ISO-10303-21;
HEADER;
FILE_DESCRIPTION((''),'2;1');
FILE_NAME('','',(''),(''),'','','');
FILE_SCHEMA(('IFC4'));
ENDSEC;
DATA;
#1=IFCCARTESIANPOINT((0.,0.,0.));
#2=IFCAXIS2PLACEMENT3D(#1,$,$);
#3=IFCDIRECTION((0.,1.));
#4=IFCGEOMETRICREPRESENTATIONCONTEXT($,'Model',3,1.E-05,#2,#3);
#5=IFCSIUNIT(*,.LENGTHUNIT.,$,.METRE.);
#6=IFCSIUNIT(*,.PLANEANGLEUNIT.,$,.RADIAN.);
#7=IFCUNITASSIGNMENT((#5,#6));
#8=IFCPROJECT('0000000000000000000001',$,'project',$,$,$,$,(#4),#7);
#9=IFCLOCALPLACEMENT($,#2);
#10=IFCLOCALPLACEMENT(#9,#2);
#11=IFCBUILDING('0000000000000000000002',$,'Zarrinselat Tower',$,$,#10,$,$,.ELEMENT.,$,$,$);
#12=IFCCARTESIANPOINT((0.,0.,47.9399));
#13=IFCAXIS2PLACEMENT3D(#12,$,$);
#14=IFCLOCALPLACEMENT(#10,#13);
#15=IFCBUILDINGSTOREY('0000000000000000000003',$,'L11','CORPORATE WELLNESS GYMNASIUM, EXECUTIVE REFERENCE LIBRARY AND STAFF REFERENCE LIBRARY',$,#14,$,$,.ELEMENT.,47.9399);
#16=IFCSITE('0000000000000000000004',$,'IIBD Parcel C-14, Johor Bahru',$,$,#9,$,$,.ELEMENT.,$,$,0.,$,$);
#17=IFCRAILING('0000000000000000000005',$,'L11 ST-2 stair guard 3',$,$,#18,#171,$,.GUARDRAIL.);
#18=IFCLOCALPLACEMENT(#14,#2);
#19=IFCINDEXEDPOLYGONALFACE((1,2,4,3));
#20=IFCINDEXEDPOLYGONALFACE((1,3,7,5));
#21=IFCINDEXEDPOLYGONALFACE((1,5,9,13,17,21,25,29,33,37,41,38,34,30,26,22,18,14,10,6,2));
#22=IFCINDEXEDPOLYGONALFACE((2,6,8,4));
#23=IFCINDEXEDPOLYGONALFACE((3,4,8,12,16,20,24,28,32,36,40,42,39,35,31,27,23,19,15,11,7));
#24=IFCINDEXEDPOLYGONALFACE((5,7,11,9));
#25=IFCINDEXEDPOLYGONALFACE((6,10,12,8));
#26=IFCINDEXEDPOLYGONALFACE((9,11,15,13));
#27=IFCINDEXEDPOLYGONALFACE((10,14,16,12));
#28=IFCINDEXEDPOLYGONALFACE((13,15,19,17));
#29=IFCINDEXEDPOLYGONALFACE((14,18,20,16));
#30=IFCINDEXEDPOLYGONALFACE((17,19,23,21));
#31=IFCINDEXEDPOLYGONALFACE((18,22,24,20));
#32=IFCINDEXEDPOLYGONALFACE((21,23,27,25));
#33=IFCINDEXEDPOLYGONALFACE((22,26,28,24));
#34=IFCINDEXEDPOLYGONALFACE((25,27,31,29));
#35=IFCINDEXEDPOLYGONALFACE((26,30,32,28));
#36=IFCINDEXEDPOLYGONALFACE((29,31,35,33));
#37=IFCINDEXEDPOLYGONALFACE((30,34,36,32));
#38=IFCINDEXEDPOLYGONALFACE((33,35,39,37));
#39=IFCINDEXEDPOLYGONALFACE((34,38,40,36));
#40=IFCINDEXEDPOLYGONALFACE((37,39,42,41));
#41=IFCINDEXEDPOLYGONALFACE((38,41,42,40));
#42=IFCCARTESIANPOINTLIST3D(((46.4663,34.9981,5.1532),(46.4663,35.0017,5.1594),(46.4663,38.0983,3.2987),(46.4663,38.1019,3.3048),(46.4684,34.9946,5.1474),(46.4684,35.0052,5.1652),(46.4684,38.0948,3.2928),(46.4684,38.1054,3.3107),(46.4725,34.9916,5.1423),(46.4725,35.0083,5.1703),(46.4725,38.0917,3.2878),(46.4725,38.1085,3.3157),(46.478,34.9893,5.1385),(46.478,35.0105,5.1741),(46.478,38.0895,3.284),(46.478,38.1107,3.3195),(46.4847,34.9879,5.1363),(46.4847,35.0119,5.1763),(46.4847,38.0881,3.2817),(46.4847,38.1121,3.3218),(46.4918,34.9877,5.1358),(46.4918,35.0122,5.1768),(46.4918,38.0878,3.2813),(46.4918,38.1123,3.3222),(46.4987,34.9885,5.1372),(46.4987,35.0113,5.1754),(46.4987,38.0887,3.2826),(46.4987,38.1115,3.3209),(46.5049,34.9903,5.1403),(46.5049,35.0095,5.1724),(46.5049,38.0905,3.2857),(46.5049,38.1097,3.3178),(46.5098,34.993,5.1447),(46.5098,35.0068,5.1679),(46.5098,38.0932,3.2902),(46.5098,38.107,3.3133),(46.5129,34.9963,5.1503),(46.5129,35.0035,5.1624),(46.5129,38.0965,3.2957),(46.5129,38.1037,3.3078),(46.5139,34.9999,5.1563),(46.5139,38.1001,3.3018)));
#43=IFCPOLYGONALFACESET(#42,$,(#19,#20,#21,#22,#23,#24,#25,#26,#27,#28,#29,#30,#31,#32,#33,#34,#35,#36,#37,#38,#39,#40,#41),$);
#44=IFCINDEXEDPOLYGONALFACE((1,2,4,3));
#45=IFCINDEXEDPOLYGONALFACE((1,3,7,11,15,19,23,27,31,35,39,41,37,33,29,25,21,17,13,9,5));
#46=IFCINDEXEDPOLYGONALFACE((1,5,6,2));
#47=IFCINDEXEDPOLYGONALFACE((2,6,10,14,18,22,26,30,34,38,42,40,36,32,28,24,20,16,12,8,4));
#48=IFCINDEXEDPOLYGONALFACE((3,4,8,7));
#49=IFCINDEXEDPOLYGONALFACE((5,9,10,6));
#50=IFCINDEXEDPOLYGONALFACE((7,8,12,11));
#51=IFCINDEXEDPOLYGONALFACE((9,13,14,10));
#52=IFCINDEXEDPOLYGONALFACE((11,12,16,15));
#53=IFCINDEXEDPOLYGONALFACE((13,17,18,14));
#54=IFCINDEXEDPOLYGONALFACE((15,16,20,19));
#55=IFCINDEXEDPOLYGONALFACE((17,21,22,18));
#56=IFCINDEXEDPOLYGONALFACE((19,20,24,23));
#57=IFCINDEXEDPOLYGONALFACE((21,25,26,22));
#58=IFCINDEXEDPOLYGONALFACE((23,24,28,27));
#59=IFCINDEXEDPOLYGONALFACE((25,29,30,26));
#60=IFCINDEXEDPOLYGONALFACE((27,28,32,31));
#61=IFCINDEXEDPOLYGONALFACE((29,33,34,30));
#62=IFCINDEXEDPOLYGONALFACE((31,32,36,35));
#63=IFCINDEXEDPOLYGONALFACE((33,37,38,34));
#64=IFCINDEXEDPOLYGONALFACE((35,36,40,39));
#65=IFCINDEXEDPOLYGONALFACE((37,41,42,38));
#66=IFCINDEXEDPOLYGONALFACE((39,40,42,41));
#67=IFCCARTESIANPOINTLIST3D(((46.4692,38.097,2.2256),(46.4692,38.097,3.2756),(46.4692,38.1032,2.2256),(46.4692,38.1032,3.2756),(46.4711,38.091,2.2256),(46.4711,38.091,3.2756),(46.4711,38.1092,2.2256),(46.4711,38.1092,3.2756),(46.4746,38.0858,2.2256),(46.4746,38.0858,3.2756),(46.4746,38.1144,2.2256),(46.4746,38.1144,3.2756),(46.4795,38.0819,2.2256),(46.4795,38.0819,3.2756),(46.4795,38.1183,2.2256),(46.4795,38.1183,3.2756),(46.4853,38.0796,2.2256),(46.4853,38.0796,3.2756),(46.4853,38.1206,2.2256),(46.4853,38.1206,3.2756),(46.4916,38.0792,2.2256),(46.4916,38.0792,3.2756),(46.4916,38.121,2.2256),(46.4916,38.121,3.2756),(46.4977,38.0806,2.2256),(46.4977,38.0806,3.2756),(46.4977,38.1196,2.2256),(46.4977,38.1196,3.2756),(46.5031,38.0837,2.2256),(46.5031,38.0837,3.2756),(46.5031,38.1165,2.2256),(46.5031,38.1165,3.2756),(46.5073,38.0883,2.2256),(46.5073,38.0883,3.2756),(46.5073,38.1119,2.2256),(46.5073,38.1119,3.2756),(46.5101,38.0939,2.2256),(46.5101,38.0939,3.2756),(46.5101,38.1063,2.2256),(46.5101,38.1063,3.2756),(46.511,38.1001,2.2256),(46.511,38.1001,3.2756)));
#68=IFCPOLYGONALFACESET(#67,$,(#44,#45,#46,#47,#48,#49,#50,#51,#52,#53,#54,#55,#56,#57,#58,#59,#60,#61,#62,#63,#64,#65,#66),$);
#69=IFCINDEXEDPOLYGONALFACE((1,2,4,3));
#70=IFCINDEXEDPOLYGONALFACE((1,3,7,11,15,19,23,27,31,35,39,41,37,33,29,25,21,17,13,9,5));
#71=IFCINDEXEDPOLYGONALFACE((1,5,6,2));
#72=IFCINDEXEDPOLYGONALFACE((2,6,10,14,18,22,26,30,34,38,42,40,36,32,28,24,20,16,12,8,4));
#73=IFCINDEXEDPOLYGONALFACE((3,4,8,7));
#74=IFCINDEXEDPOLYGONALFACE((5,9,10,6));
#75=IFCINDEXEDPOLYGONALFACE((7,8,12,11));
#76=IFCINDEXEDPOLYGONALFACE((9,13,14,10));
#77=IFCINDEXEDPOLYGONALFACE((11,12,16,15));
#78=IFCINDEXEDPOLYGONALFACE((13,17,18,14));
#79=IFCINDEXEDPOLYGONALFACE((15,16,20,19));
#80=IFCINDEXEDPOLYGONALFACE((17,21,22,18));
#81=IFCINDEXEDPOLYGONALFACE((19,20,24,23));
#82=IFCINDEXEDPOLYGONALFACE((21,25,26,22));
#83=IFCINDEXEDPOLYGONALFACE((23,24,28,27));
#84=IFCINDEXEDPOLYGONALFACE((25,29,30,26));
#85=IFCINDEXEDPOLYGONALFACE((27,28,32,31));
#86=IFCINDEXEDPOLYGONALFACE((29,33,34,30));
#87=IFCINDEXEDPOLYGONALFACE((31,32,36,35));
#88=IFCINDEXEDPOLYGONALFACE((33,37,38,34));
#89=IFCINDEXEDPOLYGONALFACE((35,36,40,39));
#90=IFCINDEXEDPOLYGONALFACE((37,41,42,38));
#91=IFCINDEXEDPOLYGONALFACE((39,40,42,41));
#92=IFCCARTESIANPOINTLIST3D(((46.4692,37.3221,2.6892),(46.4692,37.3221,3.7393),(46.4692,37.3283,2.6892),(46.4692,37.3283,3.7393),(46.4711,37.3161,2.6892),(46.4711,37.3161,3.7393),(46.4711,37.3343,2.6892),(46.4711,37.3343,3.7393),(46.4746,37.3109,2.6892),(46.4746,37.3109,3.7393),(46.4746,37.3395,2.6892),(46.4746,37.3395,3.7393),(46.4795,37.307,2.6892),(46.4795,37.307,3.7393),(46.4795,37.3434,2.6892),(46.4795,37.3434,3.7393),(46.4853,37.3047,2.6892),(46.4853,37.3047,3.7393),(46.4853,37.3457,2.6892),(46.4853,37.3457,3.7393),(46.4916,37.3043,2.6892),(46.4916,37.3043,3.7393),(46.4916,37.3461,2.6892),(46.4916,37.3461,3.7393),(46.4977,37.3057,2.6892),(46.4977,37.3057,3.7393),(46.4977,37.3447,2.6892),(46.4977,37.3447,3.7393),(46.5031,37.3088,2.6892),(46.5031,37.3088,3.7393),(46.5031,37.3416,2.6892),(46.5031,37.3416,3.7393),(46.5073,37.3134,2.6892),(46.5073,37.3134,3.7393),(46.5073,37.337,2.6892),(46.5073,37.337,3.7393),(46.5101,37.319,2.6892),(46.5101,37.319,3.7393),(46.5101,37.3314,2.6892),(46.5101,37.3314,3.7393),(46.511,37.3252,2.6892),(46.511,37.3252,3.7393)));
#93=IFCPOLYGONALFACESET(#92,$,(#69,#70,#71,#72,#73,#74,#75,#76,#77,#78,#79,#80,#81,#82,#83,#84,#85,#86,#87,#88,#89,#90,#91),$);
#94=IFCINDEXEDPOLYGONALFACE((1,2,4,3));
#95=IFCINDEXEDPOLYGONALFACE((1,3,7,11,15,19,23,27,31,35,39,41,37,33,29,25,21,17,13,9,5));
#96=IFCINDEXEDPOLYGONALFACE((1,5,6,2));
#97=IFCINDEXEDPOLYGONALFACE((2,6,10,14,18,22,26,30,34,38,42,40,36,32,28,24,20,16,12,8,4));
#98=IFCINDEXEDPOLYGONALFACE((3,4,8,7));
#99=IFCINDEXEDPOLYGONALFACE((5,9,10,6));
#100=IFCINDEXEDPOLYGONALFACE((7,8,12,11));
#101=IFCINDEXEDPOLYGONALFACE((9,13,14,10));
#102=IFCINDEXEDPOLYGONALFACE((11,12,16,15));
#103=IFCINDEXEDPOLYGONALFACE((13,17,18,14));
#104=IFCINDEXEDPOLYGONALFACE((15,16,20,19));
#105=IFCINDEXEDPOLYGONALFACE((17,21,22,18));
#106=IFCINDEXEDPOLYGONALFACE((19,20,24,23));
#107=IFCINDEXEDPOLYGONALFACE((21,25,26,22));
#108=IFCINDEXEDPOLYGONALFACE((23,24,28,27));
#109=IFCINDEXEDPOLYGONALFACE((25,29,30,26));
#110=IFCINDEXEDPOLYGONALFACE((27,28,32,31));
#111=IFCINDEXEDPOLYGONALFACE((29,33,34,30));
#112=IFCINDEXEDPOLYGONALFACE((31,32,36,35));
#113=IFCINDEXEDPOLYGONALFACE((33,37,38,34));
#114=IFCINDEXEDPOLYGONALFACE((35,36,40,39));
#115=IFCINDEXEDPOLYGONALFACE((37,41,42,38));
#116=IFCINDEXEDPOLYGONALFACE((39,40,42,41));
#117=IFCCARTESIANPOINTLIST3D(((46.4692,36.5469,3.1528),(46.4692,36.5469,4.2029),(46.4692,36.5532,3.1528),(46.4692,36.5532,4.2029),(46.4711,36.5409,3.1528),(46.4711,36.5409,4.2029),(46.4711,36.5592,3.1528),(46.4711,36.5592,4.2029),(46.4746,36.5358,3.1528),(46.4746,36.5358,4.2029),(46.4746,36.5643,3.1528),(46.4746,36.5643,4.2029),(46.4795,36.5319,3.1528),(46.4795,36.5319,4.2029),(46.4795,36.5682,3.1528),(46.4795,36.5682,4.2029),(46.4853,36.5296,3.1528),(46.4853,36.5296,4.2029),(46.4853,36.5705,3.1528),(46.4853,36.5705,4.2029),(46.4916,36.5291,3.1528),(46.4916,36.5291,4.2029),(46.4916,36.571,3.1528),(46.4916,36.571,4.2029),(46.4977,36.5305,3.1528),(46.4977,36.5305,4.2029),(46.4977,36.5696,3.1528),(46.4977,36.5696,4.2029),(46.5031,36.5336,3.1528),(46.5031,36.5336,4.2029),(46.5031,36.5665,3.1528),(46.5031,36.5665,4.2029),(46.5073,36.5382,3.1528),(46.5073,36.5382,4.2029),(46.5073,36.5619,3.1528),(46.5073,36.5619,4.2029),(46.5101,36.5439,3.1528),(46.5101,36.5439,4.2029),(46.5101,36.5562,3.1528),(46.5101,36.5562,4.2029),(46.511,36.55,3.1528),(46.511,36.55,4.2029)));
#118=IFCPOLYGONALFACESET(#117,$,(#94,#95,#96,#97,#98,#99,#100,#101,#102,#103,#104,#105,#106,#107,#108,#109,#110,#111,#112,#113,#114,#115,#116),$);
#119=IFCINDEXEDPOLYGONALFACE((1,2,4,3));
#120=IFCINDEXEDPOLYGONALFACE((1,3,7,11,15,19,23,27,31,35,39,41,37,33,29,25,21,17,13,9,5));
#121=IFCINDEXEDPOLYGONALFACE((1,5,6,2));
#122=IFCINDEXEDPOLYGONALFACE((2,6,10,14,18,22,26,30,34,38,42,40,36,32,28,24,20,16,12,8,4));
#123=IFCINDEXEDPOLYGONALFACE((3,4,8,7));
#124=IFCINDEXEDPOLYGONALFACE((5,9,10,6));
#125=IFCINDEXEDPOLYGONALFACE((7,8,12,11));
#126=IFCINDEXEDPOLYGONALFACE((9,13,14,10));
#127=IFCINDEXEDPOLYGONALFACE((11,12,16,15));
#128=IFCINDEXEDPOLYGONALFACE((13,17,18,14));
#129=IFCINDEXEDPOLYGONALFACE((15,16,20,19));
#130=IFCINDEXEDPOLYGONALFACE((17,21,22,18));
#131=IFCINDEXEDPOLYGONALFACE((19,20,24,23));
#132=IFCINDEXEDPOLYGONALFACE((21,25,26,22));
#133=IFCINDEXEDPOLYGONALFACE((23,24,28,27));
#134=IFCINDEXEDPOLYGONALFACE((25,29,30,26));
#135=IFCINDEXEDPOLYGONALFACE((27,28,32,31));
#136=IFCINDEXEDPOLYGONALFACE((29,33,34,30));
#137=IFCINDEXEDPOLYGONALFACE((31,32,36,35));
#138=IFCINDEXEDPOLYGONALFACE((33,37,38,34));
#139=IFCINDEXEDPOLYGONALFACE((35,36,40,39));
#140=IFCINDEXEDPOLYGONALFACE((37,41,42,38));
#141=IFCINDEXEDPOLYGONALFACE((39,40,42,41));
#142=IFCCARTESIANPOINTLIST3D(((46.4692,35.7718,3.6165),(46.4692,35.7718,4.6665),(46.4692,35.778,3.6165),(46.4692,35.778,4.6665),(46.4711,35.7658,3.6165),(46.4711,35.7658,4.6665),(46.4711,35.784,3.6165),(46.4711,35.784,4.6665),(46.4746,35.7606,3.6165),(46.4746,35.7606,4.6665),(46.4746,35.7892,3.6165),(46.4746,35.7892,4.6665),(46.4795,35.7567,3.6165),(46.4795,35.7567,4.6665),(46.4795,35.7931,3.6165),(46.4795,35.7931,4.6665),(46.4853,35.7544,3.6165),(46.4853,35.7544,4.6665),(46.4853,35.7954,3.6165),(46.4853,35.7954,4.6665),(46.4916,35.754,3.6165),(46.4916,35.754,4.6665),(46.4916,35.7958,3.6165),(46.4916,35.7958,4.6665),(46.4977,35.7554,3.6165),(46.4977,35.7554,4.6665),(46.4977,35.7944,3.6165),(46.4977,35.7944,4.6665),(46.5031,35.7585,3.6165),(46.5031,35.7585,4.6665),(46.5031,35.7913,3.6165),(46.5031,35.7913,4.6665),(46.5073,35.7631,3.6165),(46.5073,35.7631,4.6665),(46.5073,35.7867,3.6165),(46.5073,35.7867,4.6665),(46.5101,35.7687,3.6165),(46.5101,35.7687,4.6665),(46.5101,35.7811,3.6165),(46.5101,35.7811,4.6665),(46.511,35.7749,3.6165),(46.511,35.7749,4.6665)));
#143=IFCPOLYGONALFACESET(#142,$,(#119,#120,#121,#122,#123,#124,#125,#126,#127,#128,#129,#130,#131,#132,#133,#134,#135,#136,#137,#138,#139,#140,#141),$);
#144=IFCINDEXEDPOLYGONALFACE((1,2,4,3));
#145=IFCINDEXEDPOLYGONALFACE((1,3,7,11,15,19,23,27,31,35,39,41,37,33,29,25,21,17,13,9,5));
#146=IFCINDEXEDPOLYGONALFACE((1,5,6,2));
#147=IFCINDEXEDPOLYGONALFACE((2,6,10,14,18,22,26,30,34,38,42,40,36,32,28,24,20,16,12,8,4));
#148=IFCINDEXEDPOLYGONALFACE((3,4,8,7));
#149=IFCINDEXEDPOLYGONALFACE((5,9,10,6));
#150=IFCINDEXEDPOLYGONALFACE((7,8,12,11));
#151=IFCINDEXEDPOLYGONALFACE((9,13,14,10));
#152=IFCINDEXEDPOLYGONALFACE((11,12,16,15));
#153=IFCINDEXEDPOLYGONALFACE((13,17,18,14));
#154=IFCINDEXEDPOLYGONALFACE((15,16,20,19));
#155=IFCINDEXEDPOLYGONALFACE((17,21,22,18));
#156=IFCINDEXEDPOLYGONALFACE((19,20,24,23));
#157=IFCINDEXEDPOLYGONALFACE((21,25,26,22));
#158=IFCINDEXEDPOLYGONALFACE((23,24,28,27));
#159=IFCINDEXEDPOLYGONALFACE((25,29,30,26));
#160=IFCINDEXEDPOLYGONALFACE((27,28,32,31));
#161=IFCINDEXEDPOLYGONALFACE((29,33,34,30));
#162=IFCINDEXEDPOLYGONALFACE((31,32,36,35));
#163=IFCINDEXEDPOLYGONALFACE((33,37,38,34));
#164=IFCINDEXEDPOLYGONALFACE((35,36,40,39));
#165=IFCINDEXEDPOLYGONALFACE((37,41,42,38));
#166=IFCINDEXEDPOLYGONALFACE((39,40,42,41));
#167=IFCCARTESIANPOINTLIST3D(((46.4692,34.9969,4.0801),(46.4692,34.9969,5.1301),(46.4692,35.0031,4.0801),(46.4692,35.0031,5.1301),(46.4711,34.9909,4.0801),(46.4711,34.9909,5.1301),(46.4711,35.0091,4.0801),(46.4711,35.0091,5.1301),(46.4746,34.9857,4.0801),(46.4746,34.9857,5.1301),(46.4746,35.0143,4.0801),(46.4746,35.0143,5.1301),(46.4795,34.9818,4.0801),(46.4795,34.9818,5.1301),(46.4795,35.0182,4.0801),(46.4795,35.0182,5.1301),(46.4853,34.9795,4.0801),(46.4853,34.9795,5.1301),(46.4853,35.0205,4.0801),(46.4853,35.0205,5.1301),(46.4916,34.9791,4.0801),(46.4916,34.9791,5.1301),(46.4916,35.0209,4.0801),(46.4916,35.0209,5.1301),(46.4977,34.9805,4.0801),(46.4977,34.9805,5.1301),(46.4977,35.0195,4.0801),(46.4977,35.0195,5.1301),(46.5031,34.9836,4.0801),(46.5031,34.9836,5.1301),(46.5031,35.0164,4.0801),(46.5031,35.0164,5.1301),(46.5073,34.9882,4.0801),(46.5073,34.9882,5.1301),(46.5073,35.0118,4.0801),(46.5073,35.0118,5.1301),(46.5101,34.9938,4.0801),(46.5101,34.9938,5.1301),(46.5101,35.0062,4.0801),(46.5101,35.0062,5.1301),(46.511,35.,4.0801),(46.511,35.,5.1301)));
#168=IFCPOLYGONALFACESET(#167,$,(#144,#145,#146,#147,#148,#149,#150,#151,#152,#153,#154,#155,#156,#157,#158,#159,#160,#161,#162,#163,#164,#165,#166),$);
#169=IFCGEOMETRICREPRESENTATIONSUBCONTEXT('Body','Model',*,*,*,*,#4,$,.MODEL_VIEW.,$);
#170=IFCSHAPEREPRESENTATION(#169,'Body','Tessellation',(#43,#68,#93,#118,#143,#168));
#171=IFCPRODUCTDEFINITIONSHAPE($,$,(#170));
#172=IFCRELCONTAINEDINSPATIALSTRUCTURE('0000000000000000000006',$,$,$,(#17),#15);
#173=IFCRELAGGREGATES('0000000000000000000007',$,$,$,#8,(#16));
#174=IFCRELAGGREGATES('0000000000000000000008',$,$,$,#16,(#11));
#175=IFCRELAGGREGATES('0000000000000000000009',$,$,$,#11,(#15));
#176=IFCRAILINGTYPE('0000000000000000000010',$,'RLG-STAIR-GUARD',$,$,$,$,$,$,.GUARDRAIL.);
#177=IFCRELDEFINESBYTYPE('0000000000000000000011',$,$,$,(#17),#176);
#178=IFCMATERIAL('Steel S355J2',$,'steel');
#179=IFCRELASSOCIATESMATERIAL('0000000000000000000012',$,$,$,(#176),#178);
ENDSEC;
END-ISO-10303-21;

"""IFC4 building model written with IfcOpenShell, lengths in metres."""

from ifc_helpers import new_model, si_unit, direction, frame, origin, origin_2d, place, context, subcontext, project, spatial, circle, extrude, material, type_object, element, save


model = new_model("IFC4")

# Units and contexts
model_context = context("Model", 3, precision=1e-05, world=origin(), true_north=direction((0.0, 1.0)))
body_context = subcontext(model_context, "Body", "Model", "MODEL_VIEW")
ifc_project = project(units=[si_unit("LENGTHUNIT", "METRE"), si_unit("PLANEANGLEUNIT", "RADIAN")], contexts=[model_context])

# Site, building, storey
site_placement = place(None, origin())
site = spatial("IfcSite", under=ifc_project, at=site_placement, Name="IIBD Parcel C-14, Johor Bahru", CompositionType="ELEMENT", RefElevation=0.0)
building_placement = place(site_placement, origin())
building = spatial("IfcBuilding", under=site, at=building_placement, Name="Zarrinselat Tower", CompositionType="ELEMENT")
storey_placement = place(building_placement, frame((0.0, 0.0, 47.9399)))
storey = spatial("IfcBuildingStorey", under=building, at=storey_placement, Name="L11", Description="CORPORATE WELLNESS GYMNASIUM, EXECUTIVE REFERENCE LIBRARY AND STAFF REFERENCE LIBRARY", CompositionType="ELEMENT", Elevation=47.9399)

# Railing
ifc_material_1 = material(Name="Steel S355J2", Category="steel")
railing_type_1 = type_object("IfcRailingType", Name="RLG-STAIR-GUARD", PredefinedType="GUARDRAIL", material=ifc_material_1)
railing_1_placement = place(storey_placement, frame((46.49, 38.1001, 2.2256)))
element("IfcRailing", 1, at=railing_1_placement, inside=storey, type_object=railing_type_1, Name="L11 ST-2 stair guard 3", PredefinedType="GUARDRAIL", context=body_context, shape_type="SweptSolid", body=[
    extrude(circle(Radius=0.0239, at=origin_2d()), frame((0.0, 0.0, 1.0762), z_axis=(0.0, -0.858172, 0.513362), x_axis=(1.0, 0.0, 0.0)), (0.0, 0.0, 1.0), 3.6125),
    extrude(circle(Radius=0.021, at=origin_2d()), origin(), (0.0, 0.0, 1.0), 1.05),
    extrude(circle(Radius=0.021, at=origin_2d()), frame((0.0, -0.7749, 0.4636)), (0.0, 0.0, 1.0), 1.05),
    extrude(circle(Radius=0.021, at=origin_2d()), frame((0.0, -1.55, 0.9272)), (0.0, 0.0, 1.0), 1.05),
    extrude(circle(Radius=0.021, at=origin_2d()), frame((0.0, -2.3252, 1.3909)), (0.0, 0.0, 1.0), 1.05),
    extrude(circle(Radius=0.021, at=origin_2d()), frame((0.0, -3.1001, 1.8545)), (0.0, 0.0, 1.0), 1.05),
])

save(model, "model.ifc")
